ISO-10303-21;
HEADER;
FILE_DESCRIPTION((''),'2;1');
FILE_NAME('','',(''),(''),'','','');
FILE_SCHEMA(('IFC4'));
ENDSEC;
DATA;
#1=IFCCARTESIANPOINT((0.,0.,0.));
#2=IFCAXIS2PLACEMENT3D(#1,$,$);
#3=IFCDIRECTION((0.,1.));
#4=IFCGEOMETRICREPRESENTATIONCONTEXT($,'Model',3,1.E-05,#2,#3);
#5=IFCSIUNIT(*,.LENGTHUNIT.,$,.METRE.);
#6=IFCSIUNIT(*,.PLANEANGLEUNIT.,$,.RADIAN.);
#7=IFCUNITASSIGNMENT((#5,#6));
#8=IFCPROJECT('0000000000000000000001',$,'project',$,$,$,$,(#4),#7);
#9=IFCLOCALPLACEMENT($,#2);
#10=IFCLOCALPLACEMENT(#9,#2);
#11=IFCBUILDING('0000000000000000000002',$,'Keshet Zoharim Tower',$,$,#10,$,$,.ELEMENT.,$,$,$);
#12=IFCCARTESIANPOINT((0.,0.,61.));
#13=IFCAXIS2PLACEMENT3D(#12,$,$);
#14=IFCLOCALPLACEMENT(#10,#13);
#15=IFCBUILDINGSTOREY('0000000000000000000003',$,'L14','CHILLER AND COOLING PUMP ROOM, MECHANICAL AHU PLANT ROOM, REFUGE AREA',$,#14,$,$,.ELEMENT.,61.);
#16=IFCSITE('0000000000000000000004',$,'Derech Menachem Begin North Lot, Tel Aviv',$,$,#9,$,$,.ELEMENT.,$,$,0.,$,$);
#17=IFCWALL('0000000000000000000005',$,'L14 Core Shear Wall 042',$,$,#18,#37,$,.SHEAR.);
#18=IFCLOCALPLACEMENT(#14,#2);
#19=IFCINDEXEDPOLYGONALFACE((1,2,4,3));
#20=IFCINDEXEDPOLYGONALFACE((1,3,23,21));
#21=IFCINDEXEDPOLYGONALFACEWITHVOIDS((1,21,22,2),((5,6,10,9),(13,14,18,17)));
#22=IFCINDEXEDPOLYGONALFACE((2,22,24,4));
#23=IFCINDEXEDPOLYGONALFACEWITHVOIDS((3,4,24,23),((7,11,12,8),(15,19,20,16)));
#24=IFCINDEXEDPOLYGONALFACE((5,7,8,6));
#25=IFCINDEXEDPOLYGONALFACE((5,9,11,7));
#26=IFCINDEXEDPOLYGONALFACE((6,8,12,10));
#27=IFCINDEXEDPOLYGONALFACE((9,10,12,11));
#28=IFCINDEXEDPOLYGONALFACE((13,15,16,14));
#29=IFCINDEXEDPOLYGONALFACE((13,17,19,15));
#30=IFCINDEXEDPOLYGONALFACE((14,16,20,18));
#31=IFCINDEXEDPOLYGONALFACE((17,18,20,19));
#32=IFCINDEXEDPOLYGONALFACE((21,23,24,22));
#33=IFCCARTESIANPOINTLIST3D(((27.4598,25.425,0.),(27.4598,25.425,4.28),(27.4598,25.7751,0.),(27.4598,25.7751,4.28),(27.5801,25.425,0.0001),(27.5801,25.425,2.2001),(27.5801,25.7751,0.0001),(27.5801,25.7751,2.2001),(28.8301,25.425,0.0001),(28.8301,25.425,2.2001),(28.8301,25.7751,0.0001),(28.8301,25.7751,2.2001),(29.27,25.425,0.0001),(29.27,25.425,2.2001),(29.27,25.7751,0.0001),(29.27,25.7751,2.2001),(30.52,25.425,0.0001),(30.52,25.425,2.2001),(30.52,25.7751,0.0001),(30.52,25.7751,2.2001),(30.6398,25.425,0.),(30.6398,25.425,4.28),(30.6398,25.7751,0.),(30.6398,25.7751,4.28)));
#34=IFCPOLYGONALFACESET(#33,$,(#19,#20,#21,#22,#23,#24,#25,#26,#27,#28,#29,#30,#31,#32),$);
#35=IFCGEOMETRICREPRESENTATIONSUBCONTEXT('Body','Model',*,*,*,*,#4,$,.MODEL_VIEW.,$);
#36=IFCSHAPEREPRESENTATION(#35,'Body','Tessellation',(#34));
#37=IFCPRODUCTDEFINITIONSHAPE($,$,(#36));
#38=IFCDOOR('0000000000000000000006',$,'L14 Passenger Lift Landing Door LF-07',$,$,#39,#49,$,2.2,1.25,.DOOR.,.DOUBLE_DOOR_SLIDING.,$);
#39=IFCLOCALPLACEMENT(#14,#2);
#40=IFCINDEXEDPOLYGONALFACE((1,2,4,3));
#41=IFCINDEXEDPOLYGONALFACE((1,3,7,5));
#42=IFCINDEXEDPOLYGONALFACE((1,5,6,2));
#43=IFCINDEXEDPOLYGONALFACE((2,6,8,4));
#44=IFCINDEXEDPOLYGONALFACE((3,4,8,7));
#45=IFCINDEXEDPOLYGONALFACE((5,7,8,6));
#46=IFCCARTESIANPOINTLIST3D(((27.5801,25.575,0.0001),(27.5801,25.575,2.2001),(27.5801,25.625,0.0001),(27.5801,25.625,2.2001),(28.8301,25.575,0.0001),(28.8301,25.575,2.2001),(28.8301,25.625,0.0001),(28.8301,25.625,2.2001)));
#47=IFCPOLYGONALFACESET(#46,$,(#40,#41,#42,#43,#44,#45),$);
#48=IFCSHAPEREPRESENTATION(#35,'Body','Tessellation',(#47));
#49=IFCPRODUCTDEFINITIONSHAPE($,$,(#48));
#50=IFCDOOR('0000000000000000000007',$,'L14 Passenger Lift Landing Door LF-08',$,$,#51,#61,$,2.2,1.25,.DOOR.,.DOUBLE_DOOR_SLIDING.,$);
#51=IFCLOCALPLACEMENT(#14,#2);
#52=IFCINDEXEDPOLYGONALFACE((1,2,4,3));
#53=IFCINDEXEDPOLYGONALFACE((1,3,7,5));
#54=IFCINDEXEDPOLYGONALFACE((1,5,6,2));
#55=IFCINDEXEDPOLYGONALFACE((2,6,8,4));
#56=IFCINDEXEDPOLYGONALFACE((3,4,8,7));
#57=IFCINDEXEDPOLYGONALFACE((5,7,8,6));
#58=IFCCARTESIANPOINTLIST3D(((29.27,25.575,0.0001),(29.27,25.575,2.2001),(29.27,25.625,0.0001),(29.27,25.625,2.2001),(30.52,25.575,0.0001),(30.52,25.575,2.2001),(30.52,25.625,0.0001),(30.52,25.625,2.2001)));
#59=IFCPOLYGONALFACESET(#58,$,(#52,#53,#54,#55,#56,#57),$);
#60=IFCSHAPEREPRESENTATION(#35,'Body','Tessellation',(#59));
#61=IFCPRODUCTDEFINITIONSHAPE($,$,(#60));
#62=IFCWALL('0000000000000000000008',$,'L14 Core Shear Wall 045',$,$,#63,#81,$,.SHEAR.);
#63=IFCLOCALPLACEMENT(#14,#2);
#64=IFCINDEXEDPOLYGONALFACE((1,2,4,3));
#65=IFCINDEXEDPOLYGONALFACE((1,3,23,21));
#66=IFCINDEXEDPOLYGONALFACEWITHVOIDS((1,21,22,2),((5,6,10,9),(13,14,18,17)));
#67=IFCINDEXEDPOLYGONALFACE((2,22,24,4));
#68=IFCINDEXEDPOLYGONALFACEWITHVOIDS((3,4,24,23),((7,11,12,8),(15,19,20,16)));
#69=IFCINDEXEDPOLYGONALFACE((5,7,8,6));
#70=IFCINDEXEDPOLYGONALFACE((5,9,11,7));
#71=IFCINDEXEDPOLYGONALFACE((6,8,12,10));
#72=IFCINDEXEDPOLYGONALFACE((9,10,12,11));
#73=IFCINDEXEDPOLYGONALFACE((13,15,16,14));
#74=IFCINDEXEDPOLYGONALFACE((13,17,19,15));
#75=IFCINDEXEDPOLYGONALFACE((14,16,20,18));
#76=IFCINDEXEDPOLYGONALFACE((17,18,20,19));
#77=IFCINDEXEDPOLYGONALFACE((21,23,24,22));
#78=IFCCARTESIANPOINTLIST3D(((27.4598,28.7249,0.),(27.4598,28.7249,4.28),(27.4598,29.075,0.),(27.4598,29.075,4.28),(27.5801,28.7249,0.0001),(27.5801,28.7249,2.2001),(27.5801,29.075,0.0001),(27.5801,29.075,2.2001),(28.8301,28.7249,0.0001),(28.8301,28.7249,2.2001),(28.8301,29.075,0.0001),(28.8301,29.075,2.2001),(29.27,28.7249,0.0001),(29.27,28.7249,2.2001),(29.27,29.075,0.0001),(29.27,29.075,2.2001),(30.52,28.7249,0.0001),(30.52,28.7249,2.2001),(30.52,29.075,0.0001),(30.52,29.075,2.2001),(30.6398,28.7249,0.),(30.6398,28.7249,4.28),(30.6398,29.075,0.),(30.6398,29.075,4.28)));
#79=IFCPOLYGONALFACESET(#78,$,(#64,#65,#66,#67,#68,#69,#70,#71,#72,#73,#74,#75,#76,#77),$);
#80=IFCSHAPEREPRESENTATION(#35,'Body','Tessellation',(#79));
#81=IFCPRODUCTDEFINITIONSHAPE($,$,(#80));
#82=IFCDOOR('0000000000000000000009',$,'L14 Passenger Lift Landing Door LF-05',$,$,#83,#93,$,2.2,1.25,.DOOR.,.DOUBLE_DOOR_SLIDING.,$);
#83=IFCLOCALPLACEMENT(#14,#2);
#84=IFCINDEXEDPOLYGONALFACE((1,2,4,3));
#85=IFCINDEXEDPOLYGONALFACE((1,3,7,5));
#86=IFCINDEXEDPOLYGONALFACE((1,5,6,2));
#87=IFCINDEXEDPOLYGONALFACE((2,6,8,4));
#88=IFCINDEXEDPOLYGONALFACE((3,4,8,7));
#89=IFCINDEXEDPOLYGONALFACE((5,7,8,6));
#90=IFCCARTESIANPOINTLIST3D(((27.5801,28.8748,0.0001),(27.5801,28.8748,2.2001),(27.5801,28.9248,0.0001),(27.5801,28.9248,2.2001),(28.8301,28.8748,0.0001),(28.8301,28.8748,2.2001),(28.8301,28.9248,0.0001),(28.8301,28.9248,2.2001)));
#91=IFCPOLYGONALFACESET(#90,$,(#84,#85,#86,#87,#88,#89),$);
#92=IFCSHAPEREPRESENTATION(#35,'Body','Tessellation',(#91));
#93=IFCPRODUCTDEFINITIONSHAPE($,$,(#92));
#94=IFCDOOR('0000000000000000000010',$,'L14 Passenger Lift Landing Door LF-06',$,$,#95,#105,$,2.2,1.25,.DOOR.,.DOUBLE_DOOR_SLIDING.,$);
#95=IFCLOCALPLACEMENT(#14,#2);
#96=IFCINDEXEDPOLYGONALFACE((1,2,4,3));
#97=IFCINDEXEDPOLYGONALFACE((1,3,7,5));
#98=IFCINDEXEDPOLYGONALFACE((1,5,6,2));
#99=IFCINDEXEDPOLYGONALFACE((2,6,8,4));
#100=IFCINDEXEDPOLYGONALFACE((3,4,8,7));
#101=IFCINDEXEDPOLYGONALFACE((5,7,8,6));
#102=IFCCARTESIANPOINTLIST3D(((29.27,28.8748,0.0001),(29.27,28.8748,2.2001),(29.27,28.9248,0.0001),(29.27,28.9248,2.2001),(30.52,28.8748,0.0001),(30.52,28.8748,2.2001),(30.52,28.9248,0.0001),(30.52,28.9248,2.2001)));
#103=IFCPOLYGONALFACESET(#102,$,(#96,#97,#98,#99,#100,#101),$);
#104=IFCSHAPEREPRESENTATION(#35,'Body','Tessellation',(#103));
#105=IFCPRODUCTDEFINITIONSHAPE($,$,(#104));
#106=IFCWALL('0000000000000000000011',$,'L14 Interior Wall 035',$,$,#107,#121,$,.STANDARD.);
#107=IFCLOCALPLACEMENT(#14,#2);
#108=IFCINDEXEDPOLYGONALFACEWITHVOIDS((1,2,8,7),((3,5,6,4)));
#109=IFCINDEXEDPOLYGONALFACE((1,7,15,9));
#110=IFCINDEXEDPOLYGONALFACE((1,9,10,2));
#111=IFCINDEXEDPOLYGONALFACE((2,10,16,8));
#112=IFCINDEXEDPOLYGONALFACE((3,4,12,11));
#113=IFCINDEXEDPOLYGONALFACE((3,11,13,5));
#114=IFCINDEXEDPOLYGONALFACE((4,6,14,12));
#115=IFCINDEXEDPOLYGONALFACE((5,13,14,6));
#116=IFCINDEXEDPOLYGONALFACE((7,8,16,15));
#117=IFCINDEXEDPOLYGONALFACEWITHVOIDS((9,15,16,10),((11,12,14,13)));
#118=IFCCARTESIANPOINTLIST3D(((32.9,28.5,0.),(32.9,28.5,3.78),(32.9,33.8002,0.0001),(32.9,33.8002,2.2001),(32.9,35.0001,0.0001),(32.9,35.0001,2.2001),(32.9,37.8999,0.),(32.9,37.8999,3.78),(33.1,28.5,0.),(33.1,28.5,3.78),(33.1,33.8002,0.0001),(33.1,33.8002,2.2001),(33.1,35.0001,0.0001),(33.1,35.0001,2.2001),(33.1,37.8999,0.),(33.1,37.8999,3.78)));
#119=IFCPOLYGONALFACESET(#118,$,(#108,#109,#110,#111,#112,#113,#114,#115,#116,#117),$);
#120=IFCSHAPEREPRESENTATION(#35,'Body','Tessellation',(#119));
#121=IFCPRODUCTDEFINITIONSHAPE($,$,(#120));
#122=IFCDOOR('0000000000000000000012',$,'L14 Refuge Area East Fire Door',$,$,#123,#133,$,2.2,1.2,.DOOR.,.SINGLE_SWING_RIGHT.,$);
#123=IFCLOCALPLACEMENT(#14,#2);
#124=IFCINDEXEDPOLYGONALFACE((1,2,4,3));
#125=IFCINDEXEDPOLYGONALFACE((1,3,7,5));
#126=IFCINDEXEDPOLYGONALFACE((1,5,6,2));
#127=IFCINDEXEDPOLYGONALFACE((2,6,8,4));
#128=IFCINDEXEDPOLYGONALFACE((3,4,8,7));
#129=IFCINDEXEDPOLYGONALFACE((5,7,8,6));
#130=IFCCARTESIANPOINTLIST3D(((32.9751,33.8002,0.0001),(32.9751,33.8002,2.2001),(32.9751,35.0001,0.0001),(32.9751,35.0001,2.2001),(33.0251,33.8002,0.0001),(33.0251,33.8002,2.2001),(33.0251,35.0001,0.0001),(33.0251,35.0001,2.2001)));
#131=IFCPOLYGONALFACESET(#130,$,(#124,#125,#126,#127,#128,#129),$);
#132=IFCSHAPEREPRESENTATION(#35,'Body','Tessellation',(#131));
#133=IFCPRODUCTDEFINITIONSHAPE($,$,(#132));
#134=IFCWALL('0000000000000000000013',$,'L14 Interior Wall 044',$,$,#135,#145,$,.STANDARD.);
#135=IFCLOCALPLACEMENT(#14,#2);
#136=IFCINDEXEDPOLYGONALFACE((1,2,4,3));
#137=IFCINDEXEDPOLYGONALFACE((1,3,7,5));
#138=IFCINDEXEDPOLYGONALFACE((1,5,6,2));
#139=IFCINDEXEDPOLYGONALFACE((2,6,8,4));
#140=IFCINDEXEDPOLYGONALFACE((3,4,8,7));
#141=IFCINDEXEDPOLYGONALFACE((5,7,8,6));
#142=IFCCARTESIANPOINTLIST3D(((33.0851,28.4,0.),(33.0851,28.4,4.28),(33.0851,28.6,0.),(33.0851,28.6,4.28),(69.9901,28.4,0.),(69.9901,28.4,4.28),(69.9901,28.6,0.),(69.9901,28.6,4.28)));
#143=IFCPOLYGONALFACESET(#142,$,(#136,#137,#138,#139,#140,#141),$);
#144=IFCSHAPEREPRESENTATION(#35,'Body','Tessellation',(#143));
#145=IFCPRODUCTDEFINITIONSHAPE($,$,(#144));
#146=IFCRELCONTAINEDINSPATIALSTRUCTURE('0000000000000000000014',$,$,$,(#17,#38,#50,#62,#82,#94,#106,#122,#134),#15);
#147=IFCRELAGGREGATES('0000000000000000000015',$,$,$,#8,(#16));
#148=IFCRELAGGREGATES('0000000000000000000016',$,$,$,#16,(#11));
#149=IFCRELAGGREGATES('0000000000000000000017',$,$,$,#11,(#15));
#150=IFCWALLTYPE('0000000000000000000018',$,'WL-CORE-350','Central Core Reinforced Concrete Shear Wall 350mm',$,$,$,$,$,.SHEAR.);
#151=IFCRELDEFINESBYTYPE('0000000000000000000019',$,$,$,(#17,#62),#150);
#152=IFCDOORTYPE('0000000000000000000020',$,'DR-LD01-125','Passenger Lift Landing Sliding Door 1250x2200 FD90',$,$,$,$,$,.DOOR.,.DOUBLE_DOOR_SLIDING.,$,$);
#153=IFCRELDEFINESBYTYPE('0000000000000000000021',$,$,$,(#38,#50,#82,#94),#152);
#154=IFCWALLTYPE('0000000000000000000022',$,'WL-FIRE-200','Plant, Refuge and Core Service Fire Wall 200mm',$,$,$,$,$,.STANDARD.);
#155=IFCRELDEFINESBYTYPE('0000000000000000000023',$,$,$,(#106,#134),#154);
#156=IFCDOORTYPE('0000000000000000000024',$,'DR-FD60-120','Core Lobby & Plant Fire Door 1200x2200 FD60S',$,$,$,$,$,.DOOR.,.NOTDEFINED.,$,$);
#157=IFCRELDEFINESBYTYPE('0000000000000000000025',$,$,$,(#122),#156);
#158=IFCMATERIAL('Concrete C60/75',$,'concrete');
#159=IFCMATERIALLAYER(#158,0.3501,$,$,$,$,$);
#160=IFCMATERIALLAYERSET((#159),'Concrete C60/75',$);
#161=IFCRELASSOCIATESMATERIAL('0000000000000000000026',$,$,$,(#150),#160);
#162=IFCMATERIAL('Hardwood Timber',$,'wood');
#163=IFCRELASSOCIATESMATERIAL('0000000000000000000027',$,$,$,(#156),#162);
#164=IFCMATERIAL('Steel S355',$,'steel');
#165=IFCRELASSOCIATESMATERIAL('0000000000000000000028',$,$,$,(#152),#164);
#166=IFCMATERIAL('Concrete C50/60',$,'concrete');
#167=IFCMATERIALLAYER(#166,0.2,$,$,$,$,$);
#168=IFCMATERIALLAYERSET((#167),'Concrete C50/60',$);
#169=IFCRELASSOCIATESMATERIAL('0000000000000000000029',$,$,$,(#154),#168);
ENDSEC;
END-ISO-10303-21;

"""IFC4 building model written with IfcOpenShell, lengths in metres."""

from ifc_helpers import new_model, si_unit, direction, frame, frame_2d, origin, place, context, subcontext, project, spatial, rectangle, extrude, material, layer, layer_set, type_object, element, fill, save


model = new_model("IFC4")

# Units and contexts
model_context = context("Model", 3, precision=1e-05, world=origin(), true_north=direction((0.0, 1.0)))
body_context = subcontext(model_context, "Body", "Model", "MODEL_VIEW")
ifc_project = project(units=[si_unit("LENGTHUNIT", "METRE"), si_unit("PLANEANGLEUNIT", "RADIAN")], contexts=[model_context])

# Site, building, storey
site_placement = place(None, origin())
site = spatial("IfcSite", under=ifc_project, at=site_placement, Name="Derech Menachem Begin North Lot, Tel Aviv", CompositionType="ELEMENT", RefElevation=0.0)
building_placement = place(site_placement, origin())
building = spatial("IfcBuilding", under=site, at=building_placement, Name="Keshet Zoharim Tower", CompositionType="ELEMENT")
storey_placement = place(building_placement, frame((0.0, 0.0, 61.0)))
storey = spatial("IfcBuildingStorey", under=building, at=storey_placement, Name="L14", Description="CHILLER AND COOLING PUMP ROOM, MECHANICAL AHU PLANT ROOM, REFUGE AREA", CompositionType="ELEMENT", Elevation=61.0)

# Shared definitions
ifc_material_1 = material(Name="Concrete C60/75", Category="concrete")

# Shared definitions
ifc_material_2 = material(Name="Steel S355", Category="steel")

# Shared definitions
ifc_layer_1 = layer(ifc_material_1, 0.3501)
ifc_layer_set_1 = layer_set([ifc_layer_1], Name="Concrete C60/75")
wall_type_1 = type_object("IfcWallType", Name="WL-CORE-350", Description="Central Core Reinforced Concrete Shear Wall 350mm", PredefinedType="SHEAR", material=ifc_layer_set_1)
ifc_material_3 = material(Name="Hardwood Timber", Category="wood")
door_type_1 = type_object("IfcDoorType", Name="DR-FD60-120", Description="Core Lobby & Plant Fire Door 1200x2200 FD60S", OperationType="NOTDEFINED", PredefinedType="DOOR", material=ifc_material_3)

# Walls, openings, doors
wall_1_placement = place(storey_placement, frame((27.46, 25.6001, 0.0), z_axis=(0.0, 0.0, 1.0), x_axis=(1.0, 0.0, 0.0)))
wall_1 = element("IfcWall", 1, at=wall_1_placement, inside=storey, type_object=wall_type_1, Name="L14 Core Shear Wall 042", PredefinedType="SHEAR", context=body_context, shape_type="SweptSolid", body=[
    extrude(rectangle(XDim=3.1799, YDim=0.3501, at=frame_2d((1.5898, 0.0))), origin(), (0.0, 0.0, 1.0), 4.28),
])
opening_1_placement = place(wall_1_placement, frame((0.1201, 0.0, 0.0)))
opening_1 = element("IfcOpeningElement", 2, at=opening_1_placement, cuts=wall_1, PredefinedType="OPENING", context=body_context, shape_type="SweptSolid", body=[
    extrude(rectangle(XDim=1.25, YDim=2.2, at=frame_2d((0.625, 1.1001))), frame((0.0, 0.1851, 0.0), z_axis=(0.0, -1.0, 0.0), x_axis=(1.0, 0.0, 0.0)), (0.0, 0.0, 1.0), 0.3701),
])
opening_2_placement = place(wall_1_placement, frame((1.8101, 0.0, 0.0)))
opening_2 = element("IfcOpeningElement", 3, at=opening_2_placement, cuts=wall_1, PredefinedType="OPENING", context=body_context, shape_type="SweptSolid", body=[
    extrude(rectangle(XDim=1.25, YDim=2.2, at=frame_2d((0.625, 1.1001))), frame((0.0, 0.1851, 0.0), z_axis=(0.0, -1.0, 0.0), x_axis=(1.0, 0.0, 0.0)), (0.0, 0.0, 1.0), 0.3701),
])
door_type_2 = type_object("IfcDoorType", Name="DR-LD01-125", Description="Passenger Lift Landing Sliding Door 1250x2200 FD90", OperationType="DOUBLE_DOOR_SLIDING", PredefinedType="DOOR", material=ifc_material_2)
door_1_placement = place(opening_1_placement, origin())
door_1 = element("IfcDoor", 4, at=door_1_placement, inside=storey, type_object=door_type_2, Name="L14 Passenger Lift Landing Door LF-07", OperationType="DOUBLE_DOOR_SLIDING", OverallHeight=2.2, OverallWidth=1.25, PredefinedType="DOOR", context=body_context, shape_type="SweptSolid", body=[
    extrude(rectangle(XDim=1.25, YDim=2.2, at=frame_2d((0.625, 1.1001))), frame((0.0, 0.0249, 0.0), z_axis=(0.0, -1.0, 0.0), x_axis=(1.0, 0.0, 0.0)), (0.0, 0.0, 1.0), 0.05),
])
fill(opening_1, door_1)
door_2_placement = place(opening_2_placement, origin())
door_2 = element("IfcDoor", 5, at=door_2_placement, inside=storey, type_object=door_type_2, Name="L14 Passenger Lift Landing Door LF-08", OperationType="DOUBLE_DOOR_SLIDING", OverallHeight=2.2, OverallWidth=1.25, PredefinedType="DOOR", context=body_context, shape_type="SweptSolid", body=[
    extrude(rectangle(XDim=1.25, YDim=2.2, at=frame_2d((0.625, 1.1001))), frame((0.0, 0.0249, 0.0), z_axis=(0.0, -1.0, 0.0), x_axis=(1.0, 0.0, 0.0)), (0.0, 0.0, 1.0), 0.05),
])
fill(opening_2, door_2)
wall_2_placement = place(storey_placement, frame((27.46, 28.8999, 0.0), z_axis=(0.0, 0.0, 1.0), x_axis=(1.0, 0.0, 0.0)))
wall_2 = element("IfcWall", 6, at=wall_2_placement, inside=storey, type_object=wall_type_1, Name="L14 Core Shear Wall 045", PredefinedType="SHEAR", context=body_context, shape_type="SweptSolid", body=[
    extrude(rectangle(XDim=3.1799, YDim=0.3501, at=frame_2d((1.5898, 0.0))), origin(), (0.0, 0.0, 1.0), 4.28),
])
opening_3_placement = place(wall_2_placement, frame((0.1201, 0.0, 0.0)))
opening_3 = element("IfcOpeningElement", 7, at=opening_3_placement, cuts=wall_2, PredefinedType="OPENING", context=body_context, shape_type="SweptSolid", body=[
    extrude(rectangle(XDim=1.25, YDim=2.2, at=frame_2d((0.625, 1.1001))), frame((0.0, 0.1851, 0.0), z_axis=(0.0, -1.0, 0.0), x_axis=(1.0, 0.0, 0.0)), (0.0, 0.0, 1.0), 0.3701),
])
opening_4_placement = place(wall_2_placement, frame((1.8101, 0.0, 0.0)))
opening_4 = element("IfcOpeningElement", 8, at=opening_4_placement, cuts=wall_2, PredefinedType="OPENING", context=body_context, shape_type="SweptSolid", body=[
    extrude(rectangle(XDim=1.25, YDim=2.2, at=frame_2d((0.625, 1.1001))), frame((0.0, 0.1851, 0.0), z_axis=(0.0, -1.0, 0.0), x_axis=(1.0, 0.0, 0.0)), (0.0, 0.0, 1.0), 0.3701),
])
door_3_placement = place(opening_3_placement, origin())
door_3 = element("IfcDoor", 9, at=door_3_placement, inside=storey, type_object=door_type_2, Name="L14 Passenger Lift Landing Door LF-05", OperationType="DOUBLE_DOOR_SLIDING", OverallHeight=2.2, OverallWidth=1.25, PredefinedType="DOOR", context=body_context, shape_type="SweptSolid", body=[
    extrude(rectangle(XDim=1.25, YDim=2.2, at=frame_2d((0.625, 1.1001))), frame((0.0, 0.0249, 0.0), z_axis=(0.0, -1.0, 0.0), x_axis=(1.0, 0.0, 0.0)), (0.0, 0.0, 1.0), 0.05),
])
fill(opening_3, door_3)
door_4_placement = place(opening_4_placement, origin())
door_4 = element("IfcDoor", 10, at=door_4_placement, inside=storey, type_object=door_type_2, Name="L14 Passenger Lift Landing Door LF-06", OperationType="DOUBLE_DOOR_SLIDING", OverallHeight=2.2, OverallWidth=1.25, PredefinedType="DOOR", context=body_context, shape_type="SweptSolid", body=[
    extrude(rectangle(XDim=1.25, YDim=2.2, at=frame_2d((0.625, 1.1001))), frame((0.0, 0.0249, 0.0), z_axis=(0.0, -1.0, 0.0), x_axis=(1.0, 0.0, 0.0)), (0.0, 0.0, 1.0), 0.05),
])
fill(opening_4, door_4)

# Wall, opening, door
ifc_material_4 = material(Name="Concrete C50/60", Category="concrete")
ifc_layer_2 = layer(ifc_material_4, 0.2)
ifc_layer_set_2 = layer_set([ifc_layer_2], Name="Concrete C50/60")
wall_type_2 = type_object("IfcWallType", Name="WL-FIRE-200", Description="Plant, Refuge and Core Service Fire Wall 200mm", PredefinedType="STANDARD", material=ifc_layer_set_2)
wall_3_placement = place(storey_placement, frame((33.0, 28.5, 0.0), z_axis=(0.0, 0.0, 1.0), x_axis=(0.0, 1.0, 0.0)))
wall_3 = element("IfcWall", 11, at=wall_3_placement, inside=storey, type_object=wall_type_2, Name="L14 Interior Wall 035", PredefinedType="STANDARD", context=body_context, shape_type="SweptSolid", body=[
    extrude(rectangle(XDim=9.3999, YDim=0.2, at=frame_2d((4.7, 0.0))), origin(), (0.0, 0.0, 1.0), 3.78),
])
opening_5_placement = place(wall_3_placement, frame((5.3, 0.0, 0.0)))
opening_5 = element("IfcOpeningElement", 12, at=opening_5_placement, cuts=wall_3, PredefinedType="OPENING", context=body_context, shape_type="SweptSolid", body=[
    extrude(rectangle(XDim=1.2, YDim=2.2, at=frame_2d((0.6001, 1.1001))), frame((0.0, 0.1099, 0.0), z_axis=(0.0, -1.0, 0.0), x_axis=(1.0, 0.0, 0.0)), (0.0, 0.0, 1.0), 0.22),
])
door_5_placement = place(opening_5_placement, origin())
door_5 = element("IfcDoor", 13, at=door_5_placement, inside=storey, type_object=door_type_1, Name="L14 Refuge Area East Fire Door", OperationType="SINGLE_SWING_RIGHT", OverallHeight=2.2, OverallWidth=1.2, PredefinedType="DOOR", context=body_context, shape_type="SweptSolid", body=[
    extrude(rectangle(XDim=1.2, YDim=2.2, at=frame_2d((0.6001, 1.1001))), frame((0.0, 0.0249, 0.0), z_axis=(0.0, -1.0, 0.0), x_axis=(1.0, 0.0, 0.0)), (0.0, 0.0, 1.0), 0.05),
])
fill(opening_5, door_5)

# Wall
wall_4_placement = place(storey_placement, frame((33.085, 28.5, 0.0), z_axis=(0.0, 0.0, 1.0), x_axis=(1.0, 0.0, 0.0)))
element("IfcWall", 14, at=wall_4_placement, inside=storey, type_object=wall_type_2, Name="L14 Interior Wall 044", PredefinedType="STANDARD", context=body_context, shape_type="SweptSolid", body=[
    extrude(rectangle(XDim=36.905, YDim=0.2, at=frame_2d((18.4526, 0.0))), origin(), (0.0, 0.0, 1.0), 4.28),
])

save(model, "model.ifc")
